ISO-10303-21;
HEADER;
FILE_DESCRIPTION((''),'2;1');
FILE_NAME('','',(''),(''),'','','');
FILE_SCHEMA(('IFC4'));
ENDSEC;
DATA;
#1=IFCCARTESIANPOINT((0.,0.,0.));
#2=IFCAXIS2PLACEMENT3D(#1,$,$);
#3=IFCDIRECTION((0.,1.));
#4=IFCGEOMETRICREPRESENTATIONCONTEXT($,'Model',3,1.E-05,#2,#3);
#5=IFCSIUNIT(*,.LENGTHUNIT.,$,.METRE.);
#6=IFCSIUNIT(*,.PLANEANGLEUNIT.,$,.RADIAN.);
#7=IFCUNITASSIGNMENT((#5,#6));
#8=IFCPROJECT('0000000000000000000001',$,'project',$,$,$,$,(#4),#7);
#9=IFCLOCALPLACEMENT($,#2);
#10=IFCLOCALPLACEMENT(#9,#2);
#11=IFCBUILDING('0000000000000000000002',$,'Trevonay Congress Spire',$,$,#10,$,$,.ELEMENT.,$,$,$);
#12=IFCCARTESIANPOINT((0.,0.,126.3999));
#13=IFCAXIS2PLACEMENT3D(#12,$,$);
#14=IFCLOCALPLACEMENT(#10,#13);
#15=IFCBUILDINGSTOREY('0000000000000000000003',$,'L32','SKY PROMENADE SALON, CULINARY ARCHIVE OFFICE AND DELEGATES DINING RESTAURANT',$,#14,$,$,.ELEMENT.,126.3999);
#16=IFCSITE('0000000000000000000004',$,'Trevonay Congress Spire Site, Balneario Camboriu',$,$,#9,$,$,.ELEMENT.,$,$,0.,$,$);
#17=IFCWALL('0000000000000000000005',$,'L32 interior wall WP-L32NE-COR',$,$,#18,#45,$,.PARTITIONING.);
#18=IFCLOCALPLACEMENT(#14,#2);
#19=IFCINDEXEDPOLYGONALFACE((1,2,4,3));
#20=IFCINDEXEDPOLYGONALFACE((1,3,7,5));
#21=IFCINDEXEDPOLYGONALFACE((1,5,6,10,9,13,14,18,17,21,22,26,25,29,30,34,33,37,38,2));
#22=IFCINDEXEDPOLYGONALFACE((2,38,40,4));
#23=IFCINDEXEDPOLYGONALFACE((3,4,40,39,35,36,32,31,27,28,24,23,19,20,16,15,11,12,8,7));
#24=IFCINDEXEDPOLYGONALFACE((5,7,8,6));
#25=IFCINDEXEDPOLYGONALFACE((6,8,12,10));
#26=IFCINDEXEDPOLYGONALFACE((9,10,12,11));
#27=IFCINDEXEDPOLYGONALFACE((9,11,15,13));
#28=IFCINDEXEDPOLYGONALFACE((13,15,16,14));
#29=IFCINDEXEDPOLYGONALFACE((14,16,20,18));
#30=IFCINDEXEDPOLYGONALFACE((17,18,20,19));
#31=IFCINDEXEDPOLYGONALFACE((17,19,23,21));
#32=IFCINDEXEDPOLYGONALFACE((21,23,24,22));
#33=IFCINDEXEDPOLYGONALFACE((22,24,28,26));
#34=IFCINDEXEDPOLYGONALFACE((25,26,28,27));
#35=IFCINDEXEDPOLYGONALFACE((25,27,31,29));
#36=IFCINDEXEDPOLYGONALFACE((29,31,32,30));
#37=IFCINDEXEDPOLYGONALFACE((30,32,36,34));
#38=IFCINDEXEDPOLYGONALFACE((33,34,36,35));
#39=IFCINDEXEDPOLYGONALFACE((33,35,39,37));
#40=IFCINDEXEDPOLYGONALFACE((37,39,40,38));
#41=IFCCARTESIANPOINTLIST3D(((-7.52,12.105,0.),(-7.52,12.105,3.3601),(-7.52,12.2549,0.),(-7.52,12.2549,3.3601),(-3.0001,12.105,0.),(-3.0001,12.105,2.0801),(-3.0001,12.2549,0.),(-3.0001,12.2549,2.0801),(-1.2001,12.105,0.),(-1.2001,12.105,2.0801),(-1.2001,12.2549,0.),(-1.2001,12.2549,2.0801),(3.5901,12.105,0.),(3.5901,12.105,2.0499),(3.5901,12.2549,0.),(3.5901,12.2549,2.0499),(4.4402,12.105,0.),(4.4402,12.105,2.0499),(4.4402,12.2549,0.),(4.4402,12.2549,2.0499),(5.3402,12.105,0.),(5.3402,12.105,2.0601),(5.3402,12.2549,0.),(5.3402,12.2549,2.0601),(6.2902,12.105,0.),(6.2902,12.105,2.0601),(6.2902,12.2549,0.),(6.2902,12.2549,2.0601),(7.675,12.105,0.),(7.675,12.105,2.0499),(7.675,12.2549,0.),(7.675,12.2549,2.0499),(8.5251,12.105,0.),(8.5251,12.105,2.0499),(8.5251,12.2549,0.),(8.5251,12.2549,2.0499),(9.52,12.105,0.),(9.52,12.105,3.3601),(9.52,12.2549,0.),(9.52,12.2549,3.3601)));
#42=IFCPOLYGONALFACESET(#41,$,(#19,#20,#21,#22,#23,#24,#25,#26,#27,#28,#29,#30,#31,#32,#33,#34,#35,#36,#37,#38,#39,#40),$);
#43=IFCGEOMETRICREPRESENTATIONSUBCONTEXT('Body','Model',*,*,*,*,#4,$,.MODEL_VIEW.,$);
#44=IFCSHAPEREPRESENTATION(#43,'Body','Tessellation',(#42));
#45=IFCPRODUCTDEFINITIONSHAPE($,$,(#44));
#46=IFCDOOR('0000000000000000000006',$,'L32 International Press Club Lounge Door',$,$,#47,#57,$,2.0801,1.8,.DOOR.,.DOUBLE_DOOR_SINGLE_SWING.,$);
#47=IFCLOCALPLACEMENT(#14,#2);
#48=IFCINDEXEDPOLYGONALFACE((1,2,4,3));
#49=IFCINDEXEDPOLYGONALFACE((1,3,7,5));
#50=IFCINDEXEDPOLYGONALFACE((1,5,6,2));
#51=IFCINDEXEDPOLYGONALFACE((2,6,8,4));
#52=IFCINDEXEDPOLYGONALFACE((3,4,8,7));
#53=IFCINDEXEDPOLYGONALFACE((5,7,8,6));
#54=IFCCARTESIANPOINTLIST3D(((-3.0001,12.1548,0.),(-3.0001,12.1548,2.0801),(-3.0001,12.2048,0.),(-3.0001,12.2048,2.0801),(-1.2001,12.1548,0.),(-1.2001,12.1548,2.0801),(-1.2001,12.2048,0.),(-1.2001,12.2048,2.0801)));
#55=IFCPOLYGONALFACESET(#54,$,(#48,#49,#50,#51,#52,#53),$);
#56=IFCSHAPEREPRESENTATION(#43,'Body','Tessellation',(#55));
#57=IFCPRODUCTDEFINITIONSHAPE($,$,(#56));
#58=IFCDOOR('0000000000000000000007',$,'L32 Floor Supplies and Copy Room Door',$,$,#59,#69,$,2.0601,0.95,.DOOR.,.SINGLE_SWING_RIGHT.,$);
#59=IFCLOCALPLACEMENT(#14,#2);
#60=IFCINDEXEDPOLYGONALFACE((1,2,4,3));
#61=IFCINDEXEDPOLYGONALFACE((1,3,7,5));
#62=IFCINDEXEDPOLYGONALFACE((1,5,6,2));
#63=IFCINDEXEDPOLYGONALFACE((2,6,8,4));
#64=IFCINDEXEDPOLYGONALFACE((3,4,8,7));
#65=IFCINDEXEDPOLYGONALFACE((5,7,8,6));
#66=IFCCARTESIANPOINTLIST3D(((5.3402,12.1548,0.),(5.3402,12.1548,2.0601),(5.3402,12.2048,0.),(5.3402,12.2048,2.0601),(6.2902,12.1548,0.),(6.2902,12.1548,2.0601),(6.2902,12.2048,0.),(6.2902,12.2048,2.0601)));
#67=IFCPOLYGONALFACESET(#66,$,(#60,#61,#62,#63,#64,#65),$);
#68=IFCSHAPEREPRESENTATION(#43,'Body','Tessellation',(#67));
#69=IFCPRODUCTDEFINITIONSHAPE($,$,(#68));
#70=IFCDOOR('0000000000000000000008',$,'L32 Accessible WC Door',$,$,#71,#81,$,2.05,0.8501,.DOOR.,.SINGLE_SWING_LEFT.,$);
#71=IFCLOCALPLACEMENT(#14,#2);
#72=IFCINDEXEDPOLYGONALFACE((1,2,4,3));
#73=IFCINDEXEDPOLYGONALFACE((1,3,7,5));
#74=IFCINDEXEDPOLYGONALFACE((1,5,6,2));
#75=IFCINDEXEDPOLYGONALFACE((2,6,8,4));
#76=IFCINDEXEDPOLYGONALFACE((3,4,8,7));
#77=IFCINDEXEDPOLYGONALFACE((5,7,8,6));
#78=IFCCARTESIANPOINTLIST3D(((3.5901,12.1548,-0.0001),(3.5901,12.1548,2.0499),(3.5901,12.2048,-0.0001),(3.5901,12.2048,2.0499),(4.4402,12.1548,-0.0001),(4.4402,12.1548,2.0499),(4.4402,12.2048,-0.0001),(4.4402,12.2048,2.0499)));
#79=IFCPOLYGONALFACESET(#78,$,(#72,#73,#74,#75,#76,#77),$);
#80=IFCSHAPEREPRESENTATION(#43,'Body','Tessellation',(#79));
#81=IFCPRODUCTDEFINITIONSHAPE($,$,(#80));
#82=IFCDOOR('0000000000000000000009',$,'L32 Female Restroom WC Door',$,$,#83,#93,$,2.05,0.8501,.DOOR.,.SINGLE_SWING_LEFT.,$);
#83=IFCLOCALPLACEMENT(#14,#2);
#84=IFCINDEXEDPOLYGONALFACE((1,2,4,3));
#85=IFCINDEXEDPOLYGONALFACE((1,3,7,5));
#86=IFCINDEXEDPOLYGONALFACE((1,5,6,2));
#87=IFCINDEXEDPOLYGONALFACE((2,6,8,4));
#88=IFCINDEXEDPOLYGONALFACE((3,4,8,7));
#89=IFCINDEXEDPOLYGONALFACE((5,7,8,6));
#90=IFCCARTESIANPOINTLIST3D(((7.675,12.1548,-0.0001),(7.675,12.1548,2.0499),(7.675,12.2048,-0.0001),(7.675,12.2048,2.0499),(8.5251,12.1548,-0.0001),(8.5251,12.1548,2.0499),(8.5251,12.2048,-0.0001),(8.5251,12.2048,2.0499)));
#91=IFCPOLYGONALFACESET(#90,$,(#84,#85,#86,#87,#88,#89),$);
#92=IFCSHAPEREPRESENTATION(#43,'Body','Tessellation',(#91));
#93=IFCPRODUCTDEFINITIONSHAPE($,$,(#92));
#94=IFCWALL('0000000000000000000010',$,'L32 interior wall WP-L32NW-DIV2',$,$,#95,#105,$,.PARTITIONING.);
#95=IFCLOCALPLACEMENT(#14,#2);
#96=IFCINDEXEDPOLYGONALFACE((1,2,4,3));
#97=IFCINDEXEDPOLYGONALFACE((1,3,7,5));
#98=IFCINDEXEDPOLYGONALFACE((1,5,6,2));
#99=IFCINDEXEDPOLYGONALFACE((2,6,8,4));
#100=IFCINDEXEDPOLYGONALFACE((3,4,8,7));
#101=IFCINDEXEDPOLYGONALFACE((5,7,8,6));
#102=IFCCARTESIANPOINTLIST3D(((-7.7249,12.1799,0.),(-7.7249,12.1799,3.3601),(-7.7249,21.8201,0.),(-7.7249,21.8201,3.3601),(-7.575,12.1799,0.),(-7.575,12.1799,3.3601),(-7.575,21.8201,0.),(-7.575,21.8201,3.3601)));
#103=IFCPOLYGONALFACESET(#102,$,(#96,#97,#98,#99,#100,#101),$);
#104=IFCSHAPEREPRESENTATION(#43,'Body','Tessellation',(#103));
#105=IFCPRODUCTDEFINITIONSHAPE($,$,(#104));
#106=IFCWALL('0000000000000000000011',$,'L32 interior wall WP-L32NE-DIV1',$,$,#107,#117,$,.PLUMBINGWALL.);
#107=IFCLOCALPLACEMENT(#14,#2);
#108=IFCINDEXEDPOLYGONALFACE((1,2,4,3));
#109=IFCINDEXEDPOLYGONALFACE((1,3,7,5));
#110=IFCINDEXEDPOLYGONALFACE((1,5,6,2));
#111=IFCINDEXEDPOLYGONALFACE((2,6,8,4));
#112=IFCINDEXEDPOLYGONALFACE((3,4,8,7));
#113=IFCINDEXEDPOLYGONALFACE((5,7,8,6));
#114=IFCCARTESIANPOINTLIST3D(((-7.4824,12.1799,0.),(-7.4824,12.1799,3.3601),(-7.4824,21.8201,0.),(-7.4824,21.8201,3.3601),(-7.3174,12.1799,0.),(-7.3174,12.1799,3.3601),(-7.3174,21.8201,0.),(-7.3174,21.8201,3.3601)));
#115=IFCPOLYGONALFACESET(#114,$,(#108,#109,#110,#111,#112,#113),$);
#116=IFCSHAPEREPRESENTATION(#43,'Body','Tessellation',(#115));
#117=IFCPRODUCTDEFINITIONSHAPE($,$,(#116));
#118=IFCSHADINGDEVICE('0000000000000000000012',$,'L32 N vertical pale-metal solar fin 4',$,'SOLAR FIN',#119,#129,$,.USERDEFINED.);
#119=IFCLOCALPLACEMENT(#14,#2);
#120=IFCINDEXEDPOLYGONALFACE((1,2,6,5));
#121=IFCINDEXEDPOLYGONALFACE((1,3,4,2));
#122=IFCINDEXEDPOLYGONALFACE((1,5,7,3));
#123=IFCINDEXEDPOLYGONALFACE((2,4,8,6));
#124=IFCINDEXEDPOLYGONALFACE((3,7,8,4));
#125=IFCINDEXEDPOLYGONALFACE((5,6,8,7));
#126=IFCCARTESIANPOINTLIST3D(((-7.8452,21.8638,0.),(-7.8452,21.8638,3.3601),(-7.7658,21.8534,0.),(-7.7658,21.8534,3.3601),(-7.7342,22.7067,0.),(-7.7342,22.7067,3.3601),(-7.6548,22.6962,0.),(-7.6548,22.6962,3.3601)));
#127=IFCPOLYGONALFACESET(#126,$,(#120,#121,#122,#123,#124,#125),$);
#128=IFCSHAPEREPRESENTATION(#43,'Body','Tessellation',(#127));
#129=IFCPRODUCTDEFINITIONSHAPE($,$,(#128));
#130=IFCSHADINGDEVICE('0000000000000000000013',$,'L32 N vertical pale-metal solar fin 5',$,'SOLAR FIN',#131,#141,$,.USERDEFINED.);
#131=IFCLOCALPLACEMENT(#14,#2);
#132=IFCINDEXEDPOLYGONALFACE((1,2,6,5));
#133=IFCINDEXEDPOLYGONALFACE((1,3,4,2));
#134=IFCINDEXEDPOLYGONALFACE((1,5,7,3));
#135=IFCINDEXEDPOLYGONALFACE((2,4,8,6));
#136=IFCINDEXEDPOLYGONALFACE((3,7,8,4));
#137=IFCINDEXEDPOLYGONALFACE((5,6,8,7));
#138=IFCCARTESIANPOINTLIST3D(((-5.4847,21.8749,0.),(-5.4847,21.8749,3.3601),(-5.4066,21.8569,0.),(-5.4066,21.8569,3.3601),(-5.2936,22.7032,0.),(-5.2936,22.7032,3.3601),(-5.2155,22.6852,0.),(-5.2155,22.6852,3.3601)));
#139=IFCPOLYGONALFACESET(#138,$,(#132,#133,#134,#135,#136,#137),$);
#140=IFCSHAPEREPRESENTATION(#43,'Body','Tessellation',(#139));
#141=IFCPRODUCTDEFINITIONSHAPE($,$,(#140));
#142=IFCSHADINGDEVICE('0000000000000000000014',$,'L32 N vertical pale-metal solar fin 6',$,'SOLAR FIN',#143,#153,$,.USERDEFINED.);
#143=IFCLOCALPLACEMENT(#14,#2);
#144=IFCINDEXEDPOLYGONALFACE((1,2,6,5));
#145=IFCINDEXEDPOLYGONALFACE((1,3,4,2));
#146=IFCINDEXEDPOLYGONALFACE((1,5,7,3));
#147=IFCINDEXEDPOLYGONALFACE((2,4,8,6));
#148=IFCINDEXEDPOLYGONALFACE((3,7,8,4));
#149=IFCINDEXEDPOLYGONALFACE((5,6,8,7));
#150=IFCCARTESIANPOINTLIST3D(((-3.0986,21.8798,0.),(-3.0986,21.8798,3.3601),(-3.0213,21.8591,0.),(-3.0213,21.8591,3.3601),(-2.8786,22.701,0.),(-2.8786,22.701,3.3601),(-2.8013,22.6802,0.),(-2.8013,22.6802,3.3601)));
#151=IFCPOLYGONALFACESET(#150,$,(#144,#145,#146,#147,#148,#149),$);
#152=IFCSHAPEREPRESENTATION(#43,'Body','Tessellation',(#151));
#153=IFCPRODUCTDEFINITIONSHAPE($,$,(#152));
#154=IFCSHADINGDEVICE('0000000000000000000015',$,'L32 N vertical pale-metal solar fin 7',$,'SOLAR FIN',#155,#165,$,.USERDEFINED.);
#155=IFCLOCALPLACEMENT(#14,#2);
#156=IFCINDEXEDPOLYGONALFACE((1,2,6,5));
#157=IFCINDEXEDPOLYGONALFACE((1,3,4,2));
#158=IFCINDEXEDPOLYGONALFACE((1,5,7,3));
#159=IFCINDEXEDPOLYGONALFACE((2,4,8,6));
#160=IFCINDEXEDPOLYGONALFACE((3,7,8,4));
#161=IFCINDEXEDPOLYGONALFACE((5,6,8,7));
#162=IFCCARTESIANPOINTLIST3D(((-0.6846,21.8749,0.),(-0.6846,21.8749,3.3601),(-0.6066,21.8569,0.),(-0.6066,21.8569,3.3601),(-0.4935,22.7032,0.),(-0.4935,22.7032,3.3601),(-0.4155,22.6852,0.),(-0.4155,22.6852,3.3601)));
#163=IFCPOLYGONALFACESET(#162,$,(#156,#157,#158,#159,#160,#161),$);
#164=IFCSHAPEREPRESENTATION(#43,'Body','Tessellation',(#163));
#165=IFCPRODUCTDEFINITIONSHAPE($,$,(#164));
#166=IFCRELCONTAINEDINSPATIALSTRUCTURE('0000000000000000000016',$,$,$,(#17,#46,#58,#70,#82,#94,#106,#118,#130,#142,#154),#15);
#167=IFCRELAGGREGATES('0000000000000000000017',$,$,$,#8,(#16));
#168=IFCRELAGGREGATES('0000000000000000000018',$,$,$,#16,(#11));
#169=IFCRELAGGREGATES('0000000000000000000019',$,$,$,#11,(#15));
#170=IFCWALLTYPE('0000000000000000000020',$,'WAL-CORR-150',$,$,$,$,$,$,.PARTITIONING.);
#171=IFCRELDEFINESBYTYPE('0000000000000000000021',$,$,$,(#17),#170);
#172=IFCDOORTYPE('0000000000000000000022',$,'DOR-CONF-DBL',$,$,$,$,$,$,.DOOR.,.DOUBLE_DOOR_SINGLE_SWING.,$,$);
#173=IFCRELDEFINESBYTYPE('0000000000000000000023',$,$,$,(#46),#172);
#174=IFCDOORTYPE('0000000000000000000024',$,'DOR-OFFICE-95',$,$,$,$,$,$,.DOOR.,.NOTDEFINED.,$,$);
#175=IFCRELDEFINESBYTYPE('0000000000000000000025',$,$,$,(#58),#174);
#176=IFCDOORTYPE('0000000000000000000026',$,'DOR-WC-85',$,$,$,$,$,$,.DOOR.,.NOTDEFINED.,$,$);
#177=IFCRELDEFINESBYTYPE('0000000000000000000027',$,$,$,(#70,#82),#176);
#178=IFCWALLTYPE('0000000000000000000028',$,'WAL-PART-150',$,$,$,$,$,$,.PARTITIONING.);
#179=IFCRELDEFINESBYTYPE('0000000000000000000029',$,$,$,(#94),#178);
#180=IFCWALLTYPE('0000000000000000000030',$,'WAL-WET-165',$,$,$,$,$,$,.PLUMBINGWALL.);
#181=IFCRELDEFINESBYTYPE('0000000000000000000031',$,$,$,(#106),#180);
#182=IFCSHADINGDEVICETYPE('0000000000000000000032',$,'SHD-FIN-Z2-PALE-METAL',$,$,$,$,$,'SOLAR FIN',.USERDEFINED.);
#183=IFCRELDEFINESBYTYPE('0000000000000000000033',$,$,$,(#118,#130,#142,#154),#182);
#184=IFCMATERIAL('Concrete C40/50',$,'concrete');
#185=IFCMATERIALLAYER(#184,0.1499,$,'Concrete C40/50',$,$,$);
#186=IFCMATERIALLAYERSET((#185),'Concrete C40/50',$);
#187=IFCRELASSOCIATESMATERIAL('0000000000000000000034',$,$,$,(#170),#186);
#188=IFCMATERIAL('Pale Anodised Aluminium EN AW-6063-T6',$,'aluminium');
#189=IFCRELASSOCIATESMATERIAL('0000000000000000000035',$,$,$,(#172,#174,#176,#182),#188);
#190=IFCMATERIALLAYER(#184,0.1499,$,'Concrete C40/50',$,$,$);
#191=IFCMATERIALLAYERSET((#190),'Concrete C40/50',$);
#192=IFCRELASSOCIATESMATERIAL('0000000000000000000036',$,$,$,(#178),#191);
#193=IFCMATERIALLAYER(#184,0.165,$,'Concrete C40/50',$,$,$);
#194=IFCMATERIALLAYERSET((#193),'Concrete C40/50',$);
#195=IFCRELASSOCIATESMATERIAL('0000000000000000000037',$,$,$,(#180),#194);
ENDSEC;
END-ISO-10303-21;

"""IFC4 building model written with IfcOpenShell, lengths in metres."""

from ifc_helpers import new_model, si_unit, direction, frame, frame_2d, origin, origin_2d, place, context, subcontext, project, spatial, rectangle, extrude, material, layer, layer_set, type_object, element, fill, save


model = new_model("IFC4")

# Units and contexts
model_context = context("Model", 3, precision=1e-05, world=origin(), true_north=direction((0.0, 1.0)))
body_context = subcontext(model_context, "Body", "Model", "MODEL_VIEW")
ifc_project = project(units=[si_unit("LENGTHUNIT", "METRE"), si_unit("PLANEANGLEUNIT", "RADIAN")], contexts=[model_context])

# Site, building, storey
site_placement = place(None, origin())
site = spatial("IfcSite", under=ifc_project, at=site_placement, Name="Trevonay Congress Spire Site, Balneario Camboriu", CompositionType="ELEMENT", RefElevation=0.0)
building_placement = place(site_placement, origin())
building = spatial("IfcBuilding", under=site, at=building_placement, Name="Trevonay Congress Spire", CompositionType="ELEMENT")
storey_placement = place(building_placement, frame((0.0, 0.0, 126.3999)))
storey = spatial("IfcBuildingStorey", under=building, at=storey_placement, Name="L32", Description="SKY PROMENADE SALON, CULINARY ARCHIVE OFFICE AND DELEGATES DINING RESTAURANT", CompositionType="ELEMENT", Elevation=126.3999)

# Shared definitions
ifc_material_1 = material(Name="Pale Anodised Aluminium EN AW-6063-T6", Category="aluminium")

# Wall, openings, doors
ifc_material_2 = material(Name="Concrete C40/50", Category="concrete")
ifc_layer_1 = layer(ifc_material_2, 0.1499, Name="Concrete C40/50")
ifc_layer_set_1 = layer_set([ifc_layer_1], Name="Concrete C40/50")
wall_type_1 = type_object("IfcWallType", Name="WAL-CORR-150", PredefinedType="PARTITIONING", material=ifc_layer_set_1)
wall_1_placement = place(storey_placement, frame((-7.52, 12.1799, 0.0), z_axis=(0.0, 0.0, 1.0), x_axis=(1.0, 0.0, 0.0)))
wall_1 = element("IfcWall", 1, at=wall_1_placement, inside=storey, type_object=wall_type_1, Name="L32 interior wall WP-L32NE-COR", PredefinedType="PARTITIONING", context=body_context, shape_type="SweptSolid", body=[
    extrude(rectangle(XDim=17.04, YDim=0.1499, at=frame_2d((8.52, 0.0))), origin(), (0.0, 0.0, 1.0), 3.3601),
])
opening_1_placement = place(wall_1_placement, frame((4.52, 0.0, 0.0)))
opening_1 = element("IfcOpeningElement", 2, at=opening_1_placement, cuts=wall_1, PredefinedType="OPENING", context=body_context, shape_type="SweptSolid", body=[
    extrude(rectangle(XDim=1.8, YDim=2.0801, at=frame_2d((0.8999, 1.04))), frame((0.0, 0.085, 0.0), z_axis=(0.0, -1.0, 0.0), x_axis=(1.0, 0.0, 0.0)), (0.0, 0.0, 1.0), 0.1699),
])
opening_2_placement = place(wall_1_placement, frame((11.1101, 0.0, 0.0)))
opening_2 = element("IfcOpeningElement", 3, at=opening_2_placement, cuts=wall_1, PredefinedType="OPENING", context=body_context, shape_type="SweptSolid", body=[
    extrude(rectangle(XDim=0.8501, YDim=2.05, at=frame_2d((0.425, 1.0249))), frame((0.0, 0.085, 0.0), z_axis=(0.0, -1.0, 0.0), x_axis=(1.0, 0.0, 0.0)), (0.0, 0.0, 1.0), 0.1699),
])
opening_3_placement = place(wall_1_placement, frame((12.8601, 0.0, 0.0)))
opening_3 = element("IfcOpeningElement", 4, at=opening_3_placement, cuts=wall_1, PredefinedType="OPENING", context=body_context, shape_type="SweptSolid", body=[
    extrude(rectangle(XDim=0.95, YDim=2.0601, at=frame_2d((0.4751, 1.03))), frame((0.0, 0.085, 0.0), z_axis=(0.0, -1.0, 0.0), x_axis=(1.0, 0.0, 0.0)), (0.0, 0.0, 1.0), 0.1699),
])
opening_4_placement = place(wall_1_placement, frame((15.1951, 0.0, 0.0)))
opening_4 = element("IfcOpeningElement", 5, at=opening_4_placement, cuts=wall_1, PredefinedType="OPENING", context=body_context, shape_type="SweptSolid", body=[
    extrude(rectangle(XDim=0.8501, YDim=2.05, at=frame_2d((0.425, 1.0249))), frame((0.0, 0.085, 0.0), z_axis=(0.0, -1.0, 0.0), x_axis=(1.0, 0.0, 0.0)), (0.0, 0.0, 1.0), 0.1699),
])
door_type_1 = type_object("IfcDoorType", Name="DOR-CONF-DBL", OperationType="DOUBLE_DOOR_SINGLE_SWING", PredefinedType="DOOR", material=ifc_material_1)
door_1_placement = place(opening_1_placement, origin())
door_1 = element("IfcDoor", 6, at=door_1_placement, inside=storey, type_object=door_type_1, Name="L32 International Press Club Lounge Door", OperationType="DOUBLE_DOOR_SINGLE_SWING", OverallHeight=2.0801, OverallWidth=1.8, PredefinedType="DOOR", context=body_context, shape_type="SweptSolid", body=[
    extrude(rectangle(XDim=1.8, YDim=2.0801, at=frame_2d((0.8999, 1.04))), frame((0.0, 0.0249, 0.0), z_axis=(0.0, -1.0, 0.0), x_axis=(1.0, 0.0, 0.0)), (0.0, 0.0, 1.0), 0.05),
])
fill(opening_1, door_1)
door_type_2 = type_object("IfcDoorType", Name="DOR-OFFICE-95", OperationType="NOTDEFINED", PredefinedType="DOOR", material=ifc_material_1)
door_2_placement = place(opening_3_placement, origin())
door_2 = element("IfcDoor", 7, at=door_2_placement, inside=storey, type_object=door_type_2, Name="L32 Floor Supplies and Copy Room Door", OperationType="SINGLE_SWING_RIGHT", OverallHeight=2.0601, OverallWidth=0.95, PredefinedType="DOOR", context=body_context, shape_type="SweptSolid", body=[
    extrude(rectangle(XDim=0.95, YDim=2.0601, at=frame_2d((0.4751, 1.03))), frame((0.0, 0.0249, 0.0), z_axis=(0.0, -1.0, 0.0), x_axis=(1.0, 0.0, 0.0)), (0.0, 0.0, 1.0), 0.05),
])
fill(opening_3, door_2)
door_type_3 = type_object("IfcDoorType", Name="DOR-WC-85", OperationType="NOTDEFINED", PredefinedType="DOOR", material=ifc_material_1)
door_3_placement = place(opening_2_placement, origin())
door_3 = element("IfcDoor", 8, at=door_3_placement, inside=storey, type_object=door_type_3, Name="L32 Accessible WC Door", OperationType="SINGLE_SWING_LEFT", OverallHeight=2.05, OverallWidth=0.8501, PredefinedType="DOOR", context=body_context, shape_type="SweptSolid", body=[
    extrude(rectangle(XDim=0.8501, YDim=2.05, at=frame_2d((0.425, 1.0249))), frame((0.0, 0.0249, 0.0), z_axis=(0.0, -1.0, 0.0), x_axis=(1.0, 0.0, 0.0)), (0.0, 0.0, 1.0), 0.05),
])
fill(opening_2, door_3)
door_4_placement = place(opening_4_placement, origin())
door_4 = element("IfcDoor", 9, at=door_4_placement, inside=storey, type_object=door_type_3, Name="L32 Female Restroom WC Door", OperationType="SINGLE_SWING_LEFT", OverallHeight=2.05, OverallWidth=0.8501, PredefinedType="DOOR", context=body_context, shape_type="SweptSolid", body=[
    extrude(rectangle(XDim=0.8501, YDim=2.05, at=frame_2d((0.425, 1.0249))), frame((0.0, 0.0249, 0.0), z_axis=(0.0, -1.0, 0.0), x_axis=(1.0, 0.0, 0.0)), (0.0, 0.0, 1.0), 0.05),
])
fill(opening_4, door_4)

# Walls
ifc_layer_2 = layer(ifc_material_2, 0.1499, Name="Concrete C40/50")
ifc_layer_set_2 = layer_set([ifc_layer_2], Name="Concrete C40/50")
wall_type_2 = type_object("IfcWallType", Name="WAL-PART-150", PredefinedType="PARTITIONING", material=ifc_layer_set_2)
wall_2_placement = place(storey_placement, frame((-7.6499, 12.1799, 0.0), z_axis=(0.0, 0.0, 1.0), x_axis=(0.0, 1.0, 0.0)))
element("IfcWall", 10, at=wall_2_placement, inside=storey, type_object=wall_type_2, Name="L32 interior wall WP-L32NW-DIV2", PredefinedType="PARTITIONING", context=body_context, shape_type="SweptSolid", body=[
    extrude(rectangle(XDim=9.6401, YDim=0.1499, at=frame_2d((4.8201, 0.0))), origin(), (0.0, 0.0, 1.0), 3.3601),
])
ifc_layer_3 = layer(ifc_material_2, 0.165, Name="Concrete C40/50")
ifc_layer_set_3 = layer_set([ifc_layer_3], Name="Concrete C40/50")
wall_type_3 = type_object("IfcWallType", Name="WAL-WET-165", PredefinedType="PLUMBINGWALL", material=ifc_layer_set_3)
wall_3_placement = place(storey_placement, frame((-7.3999, 12.1799, 0.0), z_axis=(0.0, 0.0, 1.0), x_axis=(0.0, 1.0, 0.0)))
element("IfcWall", 11, at=wall_3_placement, inside=storey, type_object=wall_type_3, Name="L32 interior wall WP-L32NE-DIV1", PredefinedType="PLUMBINGWALL", context=body_context, shape_type="SweptSolid", body=[
    extrude(rectangle(XDim=9.6401, YDim=0.165, at=frame_2d((4.8201, 0.0))), origin(), (0.0, 0.0, 1.0), 3.3601),
])

# Shading devices
shading_device_type = type_object("IfcShadingDeviceType", Name="SHD-FIN-Z2-PALE-METAL", ElementType="SOLAR FIN", PredefinedType="USERDEFINED", material=ifc_material_1)
for number, where, z_axis, x_axis, name in (
    (12, (-7.75, 22.28, 0.0), (0.0, 0.0, 1.0), (0.991445, -0.130526, 0.0), "L32 N vertical pale-metal solar fin 4"),
    (13, (-5.3501, 22.28, 0.0), (0.0, 0.0, 1.0), (0.974409, -0.224781, 0.0), "L32 N vertical pale-metal solar fin 5"),
    (14, (-2.95, 22.28, 0.0), (0.0, 0.0, 1.0), (0.965926, -0.258819, 0.0), "L32 N vertical pale-metal solar fin 6"),
    (15, (-0.55, 22.28, 0.0), (0.0, 0.0, 1.0), (0.974409, -0.224781, 0.0), "L32 N vertical pale-metal solar fin 7"),
):
    element("IfcShadingDevice", number, at=place(storey_placement, frame(where, z_axis=z_axis, x_axis=x_axis)), inside=storey, type_object=shading_device_type, Name=name, ObjectType="SOLAR FIN", PredefinedType="USERDEFINED", context=body_context, shape_type="SweptSolid", body=[
        extrude(rectangle(XDim=0.0801, YDim=0.8501, at=origin_2d()), origin(), (0.0, 0.0, 1.0), 3.3601),
    ])

save(model, "model.ifc")
